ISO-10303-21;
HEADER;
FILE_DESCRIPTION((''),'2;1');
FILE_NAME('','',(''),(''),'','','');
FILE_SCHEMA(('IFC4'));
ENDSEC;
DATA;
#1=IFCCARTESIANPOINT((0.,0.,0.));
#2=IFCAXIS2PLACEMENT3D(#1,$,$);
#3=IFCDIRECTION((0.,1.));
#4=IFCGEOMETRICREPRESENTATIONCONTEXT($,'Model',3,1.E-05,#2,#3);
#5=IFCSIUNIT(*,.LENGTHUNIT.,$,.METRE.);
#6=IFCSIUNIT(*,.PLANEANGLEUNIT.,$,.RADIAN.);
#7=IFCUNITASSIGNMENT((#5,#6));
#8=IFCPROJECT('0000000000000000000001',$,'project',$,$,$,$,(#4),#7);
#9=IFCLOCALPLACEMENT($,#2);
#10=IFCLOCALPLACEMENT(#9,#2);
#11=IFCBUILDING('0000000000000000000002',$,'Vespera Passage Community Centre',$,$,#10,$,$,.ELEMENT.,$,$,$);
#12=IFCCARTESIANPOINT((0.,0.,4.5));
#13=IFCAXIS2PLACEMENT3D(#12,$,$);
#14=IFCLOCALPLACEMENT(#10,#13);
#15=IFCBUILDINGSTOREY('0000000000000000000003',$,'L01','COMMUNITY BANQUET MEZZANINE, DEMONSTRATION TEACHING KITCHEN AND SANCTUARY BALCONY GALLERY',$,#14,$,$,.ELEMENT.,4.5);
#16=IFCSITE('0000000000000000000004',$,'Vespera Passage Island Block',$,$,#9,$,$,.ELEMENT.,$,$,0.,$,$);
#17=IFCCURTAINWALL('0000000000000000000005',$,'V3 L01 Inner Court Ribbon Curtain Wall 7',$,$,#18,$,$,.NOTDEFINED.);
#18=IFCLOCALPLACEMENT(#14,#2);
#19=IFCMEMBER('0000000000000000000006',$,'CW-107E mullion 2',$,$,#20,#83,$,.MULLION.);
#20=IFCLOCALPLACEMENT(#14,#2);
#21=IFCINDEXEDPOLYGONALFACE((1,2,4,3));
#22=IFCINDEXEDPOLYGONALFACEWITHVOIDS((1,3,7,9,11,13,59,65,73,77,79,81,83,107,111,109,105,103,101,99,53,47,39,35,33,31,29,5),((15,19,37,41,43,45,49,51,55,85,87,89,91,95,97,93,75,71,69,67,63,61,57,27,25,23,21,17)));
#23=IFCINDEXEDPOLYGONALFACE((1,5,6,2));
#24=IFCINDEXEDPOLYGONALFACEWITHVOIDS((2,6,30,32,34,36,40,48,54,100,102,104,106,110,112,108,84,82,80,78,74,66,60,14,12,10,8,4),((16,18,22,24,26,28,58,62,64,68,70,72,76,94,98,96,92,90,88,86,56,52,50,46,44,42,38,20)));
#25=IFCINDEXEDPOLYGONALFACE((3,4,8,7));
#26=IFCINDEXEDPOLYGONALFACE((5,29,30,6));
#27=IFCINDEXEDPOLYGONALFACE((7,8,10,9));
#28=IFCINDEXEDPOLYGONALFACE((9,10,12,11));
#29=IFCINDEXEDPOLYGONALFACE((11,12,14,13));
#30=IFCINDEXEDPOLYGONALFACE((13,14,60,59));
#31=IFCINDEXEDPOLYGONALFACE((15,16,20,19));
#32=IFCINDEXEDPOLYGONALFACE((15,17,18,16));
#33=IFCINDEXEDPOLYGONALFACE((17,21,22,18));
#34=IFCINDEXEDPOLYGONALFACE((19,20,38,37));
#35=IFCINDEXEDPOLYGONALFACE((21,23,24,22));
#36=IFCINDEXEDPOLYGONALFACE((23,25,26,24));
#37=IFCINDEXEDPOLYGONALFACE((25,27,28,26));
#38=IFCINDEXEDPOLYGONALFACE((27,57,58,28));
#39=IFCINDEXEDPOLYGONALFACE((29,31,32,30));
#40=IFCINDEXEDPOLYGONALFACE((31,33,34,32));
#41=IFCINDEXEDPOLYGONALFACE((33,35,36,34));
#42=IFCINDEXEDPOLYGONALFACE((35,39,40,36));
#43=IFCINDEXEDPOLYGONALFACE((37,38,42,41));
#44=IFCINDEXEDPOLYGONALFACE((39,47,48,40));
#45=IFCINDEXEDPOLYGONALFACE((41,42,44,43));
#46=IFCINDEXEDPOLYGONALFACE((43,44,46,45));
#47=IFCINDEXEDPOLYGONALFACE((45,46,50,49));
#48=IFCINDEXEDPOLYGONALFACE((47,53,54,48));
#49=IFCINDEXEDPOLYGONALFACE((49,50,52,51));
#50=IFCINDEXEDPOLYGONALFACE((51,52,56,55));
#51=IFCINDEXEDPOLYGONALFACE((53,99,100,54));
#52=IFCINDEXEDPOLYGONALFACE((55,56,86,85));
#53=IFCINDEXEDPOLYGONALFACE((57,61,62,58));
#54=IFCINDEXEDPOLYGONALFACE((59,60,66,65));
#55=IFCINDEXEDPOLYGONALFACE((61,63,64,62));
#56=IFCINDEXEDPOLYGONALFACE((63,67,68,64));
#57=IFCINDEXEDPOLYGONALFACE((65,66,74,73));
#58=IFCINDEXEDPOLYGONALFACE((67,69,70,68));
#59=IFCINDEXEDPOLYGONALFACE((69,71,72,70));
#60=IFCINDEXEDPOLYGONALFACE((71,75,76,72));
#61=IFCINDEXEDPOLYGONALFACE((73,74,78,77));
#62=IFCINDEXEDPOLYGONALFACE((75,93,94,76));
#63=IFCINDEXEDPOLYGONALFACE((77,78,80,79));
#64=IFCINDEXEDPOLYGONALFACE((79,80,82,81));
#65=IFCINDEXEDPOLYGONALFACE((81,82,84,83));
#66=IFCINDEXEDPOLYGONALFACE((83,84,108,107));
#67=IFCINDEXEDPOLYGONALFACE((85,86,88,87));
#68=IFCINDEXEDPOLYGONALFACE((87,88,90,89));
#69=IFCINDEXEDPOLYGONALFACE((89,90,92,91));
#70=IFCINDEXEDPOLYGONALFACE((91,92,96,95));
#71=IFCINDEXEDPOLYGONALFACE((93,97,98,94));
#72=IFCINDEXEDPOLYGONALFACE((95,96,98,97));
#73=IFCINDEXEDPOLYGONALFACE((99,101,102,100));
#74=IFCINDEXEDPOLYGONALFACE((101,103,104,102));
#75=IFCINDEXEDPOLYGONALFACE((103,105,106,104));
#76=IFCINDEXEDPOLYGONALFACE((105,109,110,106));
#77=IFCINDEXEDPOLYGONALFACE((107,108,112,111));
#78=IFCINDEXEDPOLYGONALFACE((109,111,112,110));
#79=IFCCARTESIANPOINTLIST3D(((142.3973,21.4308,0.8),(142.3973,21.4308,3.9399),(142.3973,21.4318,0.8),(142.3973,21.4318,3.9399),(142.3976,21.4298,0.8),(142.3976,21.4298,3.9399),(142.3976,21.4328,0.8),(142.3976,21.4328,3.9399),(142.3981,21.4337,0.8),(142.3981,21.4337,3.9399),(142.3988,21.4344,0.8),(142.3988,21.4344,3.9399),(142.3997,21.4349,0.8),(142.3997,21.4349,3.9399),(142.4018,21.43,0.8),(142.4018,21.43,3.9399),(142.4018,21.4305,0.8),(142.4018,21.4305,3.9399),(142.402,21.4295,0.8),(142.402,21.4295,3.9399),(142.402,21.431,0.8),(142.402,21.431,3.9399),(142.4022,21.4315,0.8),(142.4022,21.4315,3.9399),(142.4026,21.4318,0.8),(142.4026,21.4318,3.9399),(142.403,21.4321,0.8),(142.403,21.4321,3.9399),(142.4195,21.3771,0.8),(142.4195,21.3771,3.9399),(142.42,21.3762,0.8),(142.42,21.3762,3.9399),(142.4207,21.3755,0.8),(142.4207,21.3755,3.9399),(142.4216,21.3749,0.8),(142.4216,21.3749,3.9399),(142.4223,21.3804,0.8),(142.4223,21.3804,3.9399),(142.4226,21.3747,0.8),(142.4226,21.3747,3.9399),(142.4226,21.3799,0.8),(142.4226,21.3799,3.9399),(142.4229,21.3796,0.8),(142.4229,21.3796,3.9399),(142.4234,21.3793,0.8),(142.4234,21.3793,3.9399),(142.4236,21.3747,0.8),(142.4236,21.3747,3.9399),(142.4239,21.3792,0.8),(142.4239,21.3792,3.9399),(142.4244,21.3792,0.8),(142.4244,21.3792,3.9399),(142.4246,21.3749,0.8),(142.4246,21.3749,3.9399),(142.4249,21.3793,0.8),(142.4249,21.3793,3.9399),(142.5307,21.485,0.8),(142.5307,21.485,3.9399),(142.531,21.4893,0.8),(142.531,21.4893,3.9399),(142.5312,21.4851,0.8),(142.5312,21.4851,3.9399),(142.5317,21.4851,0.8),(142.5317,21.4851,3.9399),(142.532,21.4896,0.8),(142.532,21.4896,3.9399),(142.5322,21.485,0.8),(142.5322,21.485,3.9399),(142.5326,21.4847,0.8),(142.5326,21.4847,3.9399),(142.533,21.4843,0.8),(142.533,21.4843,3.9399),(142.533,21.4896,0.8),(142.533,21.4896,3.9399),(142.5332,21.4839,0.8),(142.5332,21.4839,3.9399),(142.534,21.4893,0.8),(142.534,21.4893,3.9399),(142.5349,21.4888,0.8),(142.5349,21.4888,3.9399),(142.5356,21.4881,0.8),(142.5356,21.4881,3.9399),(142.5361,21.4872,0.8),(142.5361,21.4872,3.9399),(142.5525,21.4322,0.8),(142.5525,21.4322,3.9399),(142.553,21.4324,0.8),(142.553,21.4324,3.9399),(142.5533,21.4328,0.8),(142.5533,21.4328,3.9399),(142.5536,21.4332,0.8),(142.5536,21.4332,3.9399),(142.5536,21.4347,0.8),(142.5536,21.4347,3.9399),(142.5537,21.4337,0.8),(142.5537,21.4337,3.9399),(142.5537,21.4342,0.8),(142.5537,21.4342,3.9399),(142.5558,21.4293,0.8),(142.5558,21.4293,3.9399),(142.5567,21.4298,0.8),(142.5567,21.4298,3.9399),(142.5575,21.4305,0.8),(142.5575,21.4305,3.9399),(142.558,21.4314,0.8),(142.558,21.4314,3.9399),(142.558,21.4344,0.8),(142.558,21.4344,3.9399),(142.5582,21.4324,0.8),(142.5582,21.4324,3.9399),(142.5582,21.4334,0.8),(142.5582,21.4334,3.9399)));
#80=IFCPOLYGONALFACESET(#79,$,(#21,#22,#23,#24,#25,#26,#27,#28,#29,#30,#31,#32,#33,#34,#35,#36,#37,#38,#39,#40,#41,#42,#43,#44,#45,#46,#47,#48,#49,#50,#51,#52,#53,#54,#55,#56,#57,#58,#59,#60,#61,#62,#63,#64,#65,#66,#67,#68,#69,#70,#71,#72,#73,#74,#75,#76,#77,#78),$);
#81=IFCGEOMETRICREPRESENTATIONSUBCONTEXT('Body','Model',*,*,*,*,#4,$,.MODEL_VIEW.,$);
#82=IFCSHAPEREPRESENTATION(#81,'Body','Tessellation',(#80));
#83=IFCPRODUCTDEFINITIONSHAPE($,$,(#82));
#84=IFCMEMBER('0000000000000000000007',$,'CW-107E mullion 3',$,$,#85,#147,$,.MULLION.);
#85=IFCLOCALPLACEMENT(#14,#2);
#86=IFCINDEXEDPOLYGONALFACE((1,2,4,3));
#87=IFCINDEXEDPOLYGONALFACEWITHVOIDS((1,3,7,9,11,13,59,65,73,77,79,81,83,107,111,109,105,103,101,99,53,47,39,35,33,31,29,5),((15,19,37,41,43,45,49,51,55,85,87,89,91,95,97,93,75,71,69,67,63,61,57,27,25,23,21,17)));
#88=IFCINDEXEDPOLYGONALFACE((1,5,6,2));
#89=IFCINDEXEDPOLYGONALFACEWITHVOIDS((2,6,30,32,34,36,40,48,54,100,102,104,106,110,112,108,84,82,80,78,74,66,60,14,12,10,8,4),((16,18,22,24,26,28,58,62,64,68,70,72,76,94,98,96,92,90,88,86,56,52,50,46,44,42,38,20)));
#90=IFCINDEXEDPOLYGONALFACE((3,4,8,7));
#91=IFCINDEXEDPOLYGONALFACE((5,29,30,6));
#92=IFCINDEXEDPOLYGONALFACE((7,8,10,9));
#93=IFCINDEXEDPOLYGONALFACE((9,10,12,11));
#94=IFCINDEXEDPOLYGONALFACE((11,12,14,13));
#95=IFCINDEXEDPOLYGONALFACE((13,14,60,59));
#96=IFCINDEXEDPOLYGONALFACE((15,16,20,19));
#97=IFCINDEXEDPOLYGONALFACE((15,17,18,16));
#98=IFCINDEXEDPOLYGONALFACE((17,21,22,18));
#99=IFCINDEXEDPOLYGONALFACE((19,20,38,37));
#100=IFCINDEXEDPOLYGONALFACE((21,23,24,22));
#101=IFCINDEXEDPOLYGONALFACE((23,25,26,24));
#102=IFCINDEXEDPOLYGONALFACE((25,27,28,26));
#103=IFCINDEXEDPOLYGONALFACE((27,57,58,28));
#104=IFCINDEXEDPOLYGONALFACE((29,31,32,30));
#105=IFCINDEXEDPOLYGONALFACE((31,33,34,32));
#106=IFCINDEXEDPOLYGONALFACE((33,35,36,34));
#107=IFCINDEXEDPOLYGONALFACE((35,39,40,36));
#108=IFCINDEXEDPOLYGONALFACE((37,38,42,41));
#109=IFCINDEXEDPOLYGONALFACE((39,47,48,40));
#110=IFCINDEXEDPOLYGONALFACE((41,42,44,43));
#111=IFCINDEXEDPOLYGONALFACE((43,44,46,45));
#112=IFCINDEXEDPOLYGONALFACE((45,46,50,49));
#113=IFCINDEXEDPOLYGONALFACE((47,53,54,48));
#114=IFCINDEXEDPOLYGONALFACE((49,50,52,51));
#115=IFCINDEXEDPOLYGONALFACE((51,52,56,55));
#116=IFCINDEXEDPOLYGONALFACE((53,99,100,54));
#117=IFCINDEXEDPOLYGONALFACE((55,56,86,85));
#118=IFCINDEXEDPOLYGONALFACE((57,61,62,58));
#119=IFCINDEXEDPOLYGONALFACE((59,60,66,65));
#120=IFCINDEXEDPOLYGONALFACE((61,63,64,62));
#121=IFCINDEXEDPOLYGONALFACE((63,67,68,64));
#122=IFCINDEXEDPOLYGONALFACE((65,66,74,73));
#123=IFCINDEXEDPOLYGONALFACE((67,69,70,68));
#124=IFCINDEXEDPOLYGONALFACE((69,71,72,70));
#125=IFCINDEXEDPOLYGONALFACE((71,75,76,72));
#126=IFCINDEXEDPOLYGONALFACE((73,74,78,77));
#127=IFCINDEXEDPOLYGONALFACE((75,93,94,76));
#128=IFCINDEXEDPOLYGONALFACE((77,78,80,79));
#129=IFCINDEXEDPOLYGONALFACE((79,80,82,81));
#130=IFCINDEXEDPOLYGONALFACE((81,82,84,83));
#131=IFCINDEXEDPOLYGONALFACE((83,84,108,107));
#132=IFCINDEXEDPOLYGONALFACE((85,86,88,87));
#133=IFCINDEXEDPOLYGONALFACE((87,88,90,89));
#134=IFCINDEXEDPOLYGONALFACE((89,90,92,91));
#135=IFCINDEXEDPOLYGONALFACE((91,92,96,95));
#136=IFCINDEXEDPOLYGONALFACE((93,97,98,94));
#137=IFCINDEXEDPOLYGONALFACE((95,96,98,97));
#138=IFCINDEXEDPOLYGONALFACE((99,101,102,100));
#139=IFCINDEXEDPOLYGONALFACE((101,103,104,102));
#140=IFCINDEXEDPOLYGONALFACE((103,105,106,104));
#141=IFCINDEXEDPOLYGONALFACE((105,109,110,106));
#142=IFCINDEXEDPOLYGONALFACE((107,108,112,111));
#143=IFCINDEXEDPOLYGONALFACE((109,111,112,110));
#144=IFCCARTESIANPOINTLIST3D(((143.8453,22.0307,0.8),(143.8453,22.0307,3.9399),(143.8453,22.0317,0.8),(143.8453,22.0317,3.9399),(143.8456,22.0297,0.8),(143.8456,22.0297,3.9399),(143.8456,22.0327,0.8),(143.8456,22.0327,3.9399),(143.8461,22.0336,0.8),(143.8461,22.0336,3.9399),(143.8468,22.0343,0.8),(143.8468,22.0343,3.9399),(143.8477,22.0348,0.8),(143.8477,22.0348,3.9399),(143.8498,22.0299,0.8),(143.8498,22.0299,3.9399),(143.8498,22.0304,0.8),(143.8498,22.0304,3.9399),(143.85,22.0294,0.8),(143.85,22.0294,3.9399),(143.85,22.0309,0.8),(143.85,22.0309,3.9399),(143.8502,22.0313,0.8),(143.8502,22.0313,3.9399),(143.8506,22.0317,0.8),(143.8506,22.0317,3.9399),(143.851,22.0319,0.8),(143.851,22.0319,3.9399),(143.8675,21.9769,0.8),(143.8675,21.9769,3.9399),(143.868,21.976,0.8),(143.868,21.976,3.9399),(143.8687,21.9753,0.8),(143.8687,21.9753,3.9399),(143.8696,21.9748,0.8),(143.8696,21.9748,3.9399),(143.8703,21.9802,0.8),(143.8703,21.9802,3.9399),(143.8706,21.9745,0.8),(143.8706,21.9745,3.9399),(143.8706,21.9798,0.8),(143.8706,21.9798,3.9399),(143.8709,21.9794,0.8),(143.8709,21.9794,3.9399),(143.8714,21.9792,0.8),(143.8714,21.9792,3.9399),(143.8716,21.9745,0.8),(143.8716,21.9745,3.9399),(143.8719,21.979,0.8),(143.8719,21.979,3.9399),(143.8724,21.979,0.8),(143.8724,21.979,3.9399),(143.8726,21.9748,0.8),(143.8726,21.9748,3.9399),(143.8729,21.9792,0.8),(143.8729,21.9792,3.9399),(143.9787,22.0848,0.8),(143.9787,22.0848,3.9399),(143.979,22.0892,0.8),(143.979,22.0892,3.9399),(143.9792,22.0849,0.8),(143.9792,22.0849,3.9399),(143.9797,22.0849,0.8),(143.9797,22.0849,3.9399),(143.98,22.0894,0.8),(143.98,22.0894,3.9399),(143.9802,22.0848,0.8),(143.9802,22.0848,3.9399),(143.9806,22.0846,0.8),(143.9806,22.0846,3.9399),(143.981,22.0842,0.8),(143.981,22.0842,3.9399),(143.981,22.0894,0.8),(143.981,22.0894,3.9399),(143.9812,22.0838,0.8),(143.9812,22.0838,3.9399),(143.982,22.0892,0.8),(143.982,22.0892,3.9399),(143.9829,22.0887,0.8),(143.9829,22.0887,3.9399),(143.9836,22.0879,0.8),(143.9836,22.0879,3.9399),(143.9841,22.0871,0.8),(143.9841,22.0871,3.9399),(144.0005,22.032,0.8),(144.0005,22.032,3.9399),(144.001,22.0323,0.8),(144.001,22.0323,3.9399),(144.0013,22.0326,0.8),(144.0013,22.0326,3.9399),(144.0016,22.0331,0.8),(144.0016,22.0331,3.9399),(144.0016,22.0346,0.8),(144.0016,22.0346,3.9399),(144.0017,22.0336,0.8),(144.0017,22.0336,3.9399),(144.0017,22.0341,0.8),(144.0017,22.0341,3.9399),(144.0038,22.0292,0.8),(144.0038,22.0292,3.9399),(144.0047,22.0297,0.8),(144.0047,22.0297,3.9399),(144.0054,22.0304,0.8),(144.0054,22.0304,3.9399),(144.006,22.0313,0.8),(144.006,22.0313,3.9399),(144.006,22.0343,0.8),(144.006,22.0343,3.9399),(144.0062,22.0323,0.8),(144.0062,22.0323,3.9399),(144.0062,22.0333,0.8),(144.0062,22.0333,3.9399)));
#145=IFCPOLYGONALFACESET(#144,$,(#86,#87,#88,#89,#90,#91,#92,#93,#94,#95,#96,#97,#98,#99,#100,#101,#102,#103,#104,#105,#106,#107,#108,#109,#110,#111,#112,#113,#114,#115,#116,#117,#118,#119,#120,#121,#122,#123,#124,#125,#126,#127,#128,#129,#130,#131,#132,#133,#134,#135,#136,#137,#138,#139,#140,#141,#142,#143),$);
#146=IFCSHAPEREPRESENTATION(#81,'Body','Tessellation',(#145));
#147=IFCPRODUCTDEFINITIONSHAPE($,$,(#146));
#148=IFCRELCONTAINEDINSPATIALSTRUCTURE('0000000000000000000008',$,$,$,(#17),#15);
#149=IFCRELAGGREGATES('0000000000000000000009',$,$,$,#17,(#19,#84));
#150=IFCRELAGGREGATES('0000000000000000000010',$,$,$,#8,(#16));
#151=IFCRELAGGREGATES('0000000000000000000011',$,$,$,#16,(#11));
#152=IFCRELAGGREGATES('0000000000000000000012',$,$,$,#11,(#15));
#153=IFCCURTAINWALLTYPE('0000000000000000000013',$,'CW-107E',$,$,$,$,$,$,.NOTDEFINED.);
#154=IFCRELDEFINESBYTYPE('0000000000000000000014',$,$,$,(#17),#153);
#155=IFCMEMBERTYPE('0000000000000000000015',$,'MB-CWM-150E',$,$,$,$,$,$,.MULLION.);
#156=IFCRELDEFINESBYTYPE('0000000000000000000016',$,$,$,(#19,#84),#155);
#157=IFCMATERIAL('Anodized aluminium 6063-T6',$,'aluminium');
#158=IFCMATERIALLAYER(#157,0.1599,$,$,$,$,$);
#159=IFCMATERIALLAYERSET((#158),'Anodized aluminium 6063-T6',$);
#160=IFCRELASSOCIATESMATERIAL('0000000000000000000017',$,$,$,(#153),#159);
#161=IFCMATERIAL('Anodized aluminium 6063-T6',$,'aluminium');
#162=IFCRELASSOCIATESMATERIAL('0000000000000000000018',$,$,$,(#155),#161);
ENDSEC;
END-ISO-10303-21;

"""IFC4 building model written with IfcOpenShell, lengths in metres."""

from ifc_helpers import new_model, si_unit, direction, frame, origin, origin_2d, place, context, subcontext, project, spatial, hollow_rectangle, extrude, material, layer, layer_set, material_profile, profile_set, type_object, element, aggregate, save


model = new_model("IFC4")

# Units and contexts
model_context = context("Model", 3, precision=1e-05, world=origin(), true_north=direction((0.0, 1.0)))
body_context = subcontext(model_context, "Body", "Model", "MODEL_VIEW")
ifc_project = project(units=[si_unit("LENGTHUNIT", "METRE"), si_unit("PLANEANGLEUNIT", "RADIAN")], contexts=[model_context])

# Site, building, storey
site_placement = place(None, origin())
site = spatial("IfcSite", under=ifc_project, at=site_placement, Name="Vespera Passage Island Block", CompositionType="ELEMENT", RefElevation=0.0)
building_placement = place(site_placement, origin())
building = spatial("IfcBuilding", under=site, at=building_placement, Name="Vespera Passage Community Centre", CompositionType="ELEMENT")
storey_placement = place(building_placement, frame((0.0, 0.0, 4.5)))
storey = spatial("IfcBuildingStorey", under=building, at=storey_placement, Name="L01", Description="COMMUNITY BANQUET MEZZANINE, DEMONSTRATION TEACHING KITCHEN AND SANCTUARY BALCONY GALLERY", CompositionType="ELEMENT", Elevation=4.5)

# Shared definitions
ifc_material_1 = material(Name="Anodized aluminium 6063-T6", Category="aluminium")
ifc_layer_1 = layer(ifc_material_1, 0.1599)
ifc_layer_set_1 = layer_set([ifc_layer_1], Name="Anodized aluminium 6063-T6")
curtain_wall_type = type_object("IfcCurtainWallType", Name="CW-107E", PredefinedType="NOTDEFINED", material=ifc_layer_set_1)
ifc_material_2 = material(Name="Anodized aluminium 6063-T6", Category="aluminium")
ifc_material_profile_1 = material_profile(ifc_material_2, hollow_rectangle(XDim=0.0649, YDim=0.1499, WallThickness=0.0039, InnerFilletRadius=0.002, OuterFilletRadius=0.0039, at=origin_2d()), Name="ALU150X65X4")
ifc_profile_set_1 = profile_set([ifc_material_profile_1], Name="Anodized aluminium 6063-T6")
member_type_1 = type_object("IfcMemberType", Name="MB-CWM-150E", PredefinedType="MULLION", material=ifc_profile_set_1)

# Curtain wall, members
curtain_wall_1_placement = place(storey_placement, origin())
curtain_wall_1 = element("IfcCurtainWall", 1, at=curtain_wall_1_placement, inside=storey, type_object=curtain_wall_type, Name="V3 L01 Inner Court Ribbon Curtain Wall 7", PredefinedType="NOTDEFINED")
member_1_placement = place(storey_placement, frame((142.4778, 21.4321, 0.8), z_axis=(0.0, 0.0, 1.0), x_axis=(-0.382686, 0.923879, 0.0)))
member_1 = element("IfcMember", 2, at=member_1_placement, type_object=member_type_1, Name="CW-107E mullion 2", PredefinedType="MULLION", context=body_context, shape_type="SweptSolid", body=[
    extrude(hollow_rectangle(XDim=0.0649, YDim=0.1499, WallThickness=0.0039, InnerFilletRadius=0.002, OuterFilletRadius=0.0039, at=origin_2d()), origin(), (0.0, 0.0, 1.0), 3.1399),
])
member_2_placement = place(storey_placement, frame((143.9258, 22.032, 0.8), z_axis=(0.0, 0.0, 1.0), x_axis=(-0.382686, 0.923879, 0.0)))
member_2 = element("IfcMember", 3, at=member_2_placement, type_object=member_type_1, Name="CW-107E mullion 3", PredefinedType="MULLION", context=body_context, shape_type="SweptSolid", body=[
    extrude(hollow_rectangle(XDim=0.0649, YDim=0.1499, WallThickness=0.0039, InnerFilletRadius=0.002, OuterFilletRadius=0.0039, at=origin_2d()), origin(), (0.0, 0.0, 1.0), 3.1399),
])

aggregate(curtain_wall_1, [member_1, member_2])

save(model, "model.ifc")
